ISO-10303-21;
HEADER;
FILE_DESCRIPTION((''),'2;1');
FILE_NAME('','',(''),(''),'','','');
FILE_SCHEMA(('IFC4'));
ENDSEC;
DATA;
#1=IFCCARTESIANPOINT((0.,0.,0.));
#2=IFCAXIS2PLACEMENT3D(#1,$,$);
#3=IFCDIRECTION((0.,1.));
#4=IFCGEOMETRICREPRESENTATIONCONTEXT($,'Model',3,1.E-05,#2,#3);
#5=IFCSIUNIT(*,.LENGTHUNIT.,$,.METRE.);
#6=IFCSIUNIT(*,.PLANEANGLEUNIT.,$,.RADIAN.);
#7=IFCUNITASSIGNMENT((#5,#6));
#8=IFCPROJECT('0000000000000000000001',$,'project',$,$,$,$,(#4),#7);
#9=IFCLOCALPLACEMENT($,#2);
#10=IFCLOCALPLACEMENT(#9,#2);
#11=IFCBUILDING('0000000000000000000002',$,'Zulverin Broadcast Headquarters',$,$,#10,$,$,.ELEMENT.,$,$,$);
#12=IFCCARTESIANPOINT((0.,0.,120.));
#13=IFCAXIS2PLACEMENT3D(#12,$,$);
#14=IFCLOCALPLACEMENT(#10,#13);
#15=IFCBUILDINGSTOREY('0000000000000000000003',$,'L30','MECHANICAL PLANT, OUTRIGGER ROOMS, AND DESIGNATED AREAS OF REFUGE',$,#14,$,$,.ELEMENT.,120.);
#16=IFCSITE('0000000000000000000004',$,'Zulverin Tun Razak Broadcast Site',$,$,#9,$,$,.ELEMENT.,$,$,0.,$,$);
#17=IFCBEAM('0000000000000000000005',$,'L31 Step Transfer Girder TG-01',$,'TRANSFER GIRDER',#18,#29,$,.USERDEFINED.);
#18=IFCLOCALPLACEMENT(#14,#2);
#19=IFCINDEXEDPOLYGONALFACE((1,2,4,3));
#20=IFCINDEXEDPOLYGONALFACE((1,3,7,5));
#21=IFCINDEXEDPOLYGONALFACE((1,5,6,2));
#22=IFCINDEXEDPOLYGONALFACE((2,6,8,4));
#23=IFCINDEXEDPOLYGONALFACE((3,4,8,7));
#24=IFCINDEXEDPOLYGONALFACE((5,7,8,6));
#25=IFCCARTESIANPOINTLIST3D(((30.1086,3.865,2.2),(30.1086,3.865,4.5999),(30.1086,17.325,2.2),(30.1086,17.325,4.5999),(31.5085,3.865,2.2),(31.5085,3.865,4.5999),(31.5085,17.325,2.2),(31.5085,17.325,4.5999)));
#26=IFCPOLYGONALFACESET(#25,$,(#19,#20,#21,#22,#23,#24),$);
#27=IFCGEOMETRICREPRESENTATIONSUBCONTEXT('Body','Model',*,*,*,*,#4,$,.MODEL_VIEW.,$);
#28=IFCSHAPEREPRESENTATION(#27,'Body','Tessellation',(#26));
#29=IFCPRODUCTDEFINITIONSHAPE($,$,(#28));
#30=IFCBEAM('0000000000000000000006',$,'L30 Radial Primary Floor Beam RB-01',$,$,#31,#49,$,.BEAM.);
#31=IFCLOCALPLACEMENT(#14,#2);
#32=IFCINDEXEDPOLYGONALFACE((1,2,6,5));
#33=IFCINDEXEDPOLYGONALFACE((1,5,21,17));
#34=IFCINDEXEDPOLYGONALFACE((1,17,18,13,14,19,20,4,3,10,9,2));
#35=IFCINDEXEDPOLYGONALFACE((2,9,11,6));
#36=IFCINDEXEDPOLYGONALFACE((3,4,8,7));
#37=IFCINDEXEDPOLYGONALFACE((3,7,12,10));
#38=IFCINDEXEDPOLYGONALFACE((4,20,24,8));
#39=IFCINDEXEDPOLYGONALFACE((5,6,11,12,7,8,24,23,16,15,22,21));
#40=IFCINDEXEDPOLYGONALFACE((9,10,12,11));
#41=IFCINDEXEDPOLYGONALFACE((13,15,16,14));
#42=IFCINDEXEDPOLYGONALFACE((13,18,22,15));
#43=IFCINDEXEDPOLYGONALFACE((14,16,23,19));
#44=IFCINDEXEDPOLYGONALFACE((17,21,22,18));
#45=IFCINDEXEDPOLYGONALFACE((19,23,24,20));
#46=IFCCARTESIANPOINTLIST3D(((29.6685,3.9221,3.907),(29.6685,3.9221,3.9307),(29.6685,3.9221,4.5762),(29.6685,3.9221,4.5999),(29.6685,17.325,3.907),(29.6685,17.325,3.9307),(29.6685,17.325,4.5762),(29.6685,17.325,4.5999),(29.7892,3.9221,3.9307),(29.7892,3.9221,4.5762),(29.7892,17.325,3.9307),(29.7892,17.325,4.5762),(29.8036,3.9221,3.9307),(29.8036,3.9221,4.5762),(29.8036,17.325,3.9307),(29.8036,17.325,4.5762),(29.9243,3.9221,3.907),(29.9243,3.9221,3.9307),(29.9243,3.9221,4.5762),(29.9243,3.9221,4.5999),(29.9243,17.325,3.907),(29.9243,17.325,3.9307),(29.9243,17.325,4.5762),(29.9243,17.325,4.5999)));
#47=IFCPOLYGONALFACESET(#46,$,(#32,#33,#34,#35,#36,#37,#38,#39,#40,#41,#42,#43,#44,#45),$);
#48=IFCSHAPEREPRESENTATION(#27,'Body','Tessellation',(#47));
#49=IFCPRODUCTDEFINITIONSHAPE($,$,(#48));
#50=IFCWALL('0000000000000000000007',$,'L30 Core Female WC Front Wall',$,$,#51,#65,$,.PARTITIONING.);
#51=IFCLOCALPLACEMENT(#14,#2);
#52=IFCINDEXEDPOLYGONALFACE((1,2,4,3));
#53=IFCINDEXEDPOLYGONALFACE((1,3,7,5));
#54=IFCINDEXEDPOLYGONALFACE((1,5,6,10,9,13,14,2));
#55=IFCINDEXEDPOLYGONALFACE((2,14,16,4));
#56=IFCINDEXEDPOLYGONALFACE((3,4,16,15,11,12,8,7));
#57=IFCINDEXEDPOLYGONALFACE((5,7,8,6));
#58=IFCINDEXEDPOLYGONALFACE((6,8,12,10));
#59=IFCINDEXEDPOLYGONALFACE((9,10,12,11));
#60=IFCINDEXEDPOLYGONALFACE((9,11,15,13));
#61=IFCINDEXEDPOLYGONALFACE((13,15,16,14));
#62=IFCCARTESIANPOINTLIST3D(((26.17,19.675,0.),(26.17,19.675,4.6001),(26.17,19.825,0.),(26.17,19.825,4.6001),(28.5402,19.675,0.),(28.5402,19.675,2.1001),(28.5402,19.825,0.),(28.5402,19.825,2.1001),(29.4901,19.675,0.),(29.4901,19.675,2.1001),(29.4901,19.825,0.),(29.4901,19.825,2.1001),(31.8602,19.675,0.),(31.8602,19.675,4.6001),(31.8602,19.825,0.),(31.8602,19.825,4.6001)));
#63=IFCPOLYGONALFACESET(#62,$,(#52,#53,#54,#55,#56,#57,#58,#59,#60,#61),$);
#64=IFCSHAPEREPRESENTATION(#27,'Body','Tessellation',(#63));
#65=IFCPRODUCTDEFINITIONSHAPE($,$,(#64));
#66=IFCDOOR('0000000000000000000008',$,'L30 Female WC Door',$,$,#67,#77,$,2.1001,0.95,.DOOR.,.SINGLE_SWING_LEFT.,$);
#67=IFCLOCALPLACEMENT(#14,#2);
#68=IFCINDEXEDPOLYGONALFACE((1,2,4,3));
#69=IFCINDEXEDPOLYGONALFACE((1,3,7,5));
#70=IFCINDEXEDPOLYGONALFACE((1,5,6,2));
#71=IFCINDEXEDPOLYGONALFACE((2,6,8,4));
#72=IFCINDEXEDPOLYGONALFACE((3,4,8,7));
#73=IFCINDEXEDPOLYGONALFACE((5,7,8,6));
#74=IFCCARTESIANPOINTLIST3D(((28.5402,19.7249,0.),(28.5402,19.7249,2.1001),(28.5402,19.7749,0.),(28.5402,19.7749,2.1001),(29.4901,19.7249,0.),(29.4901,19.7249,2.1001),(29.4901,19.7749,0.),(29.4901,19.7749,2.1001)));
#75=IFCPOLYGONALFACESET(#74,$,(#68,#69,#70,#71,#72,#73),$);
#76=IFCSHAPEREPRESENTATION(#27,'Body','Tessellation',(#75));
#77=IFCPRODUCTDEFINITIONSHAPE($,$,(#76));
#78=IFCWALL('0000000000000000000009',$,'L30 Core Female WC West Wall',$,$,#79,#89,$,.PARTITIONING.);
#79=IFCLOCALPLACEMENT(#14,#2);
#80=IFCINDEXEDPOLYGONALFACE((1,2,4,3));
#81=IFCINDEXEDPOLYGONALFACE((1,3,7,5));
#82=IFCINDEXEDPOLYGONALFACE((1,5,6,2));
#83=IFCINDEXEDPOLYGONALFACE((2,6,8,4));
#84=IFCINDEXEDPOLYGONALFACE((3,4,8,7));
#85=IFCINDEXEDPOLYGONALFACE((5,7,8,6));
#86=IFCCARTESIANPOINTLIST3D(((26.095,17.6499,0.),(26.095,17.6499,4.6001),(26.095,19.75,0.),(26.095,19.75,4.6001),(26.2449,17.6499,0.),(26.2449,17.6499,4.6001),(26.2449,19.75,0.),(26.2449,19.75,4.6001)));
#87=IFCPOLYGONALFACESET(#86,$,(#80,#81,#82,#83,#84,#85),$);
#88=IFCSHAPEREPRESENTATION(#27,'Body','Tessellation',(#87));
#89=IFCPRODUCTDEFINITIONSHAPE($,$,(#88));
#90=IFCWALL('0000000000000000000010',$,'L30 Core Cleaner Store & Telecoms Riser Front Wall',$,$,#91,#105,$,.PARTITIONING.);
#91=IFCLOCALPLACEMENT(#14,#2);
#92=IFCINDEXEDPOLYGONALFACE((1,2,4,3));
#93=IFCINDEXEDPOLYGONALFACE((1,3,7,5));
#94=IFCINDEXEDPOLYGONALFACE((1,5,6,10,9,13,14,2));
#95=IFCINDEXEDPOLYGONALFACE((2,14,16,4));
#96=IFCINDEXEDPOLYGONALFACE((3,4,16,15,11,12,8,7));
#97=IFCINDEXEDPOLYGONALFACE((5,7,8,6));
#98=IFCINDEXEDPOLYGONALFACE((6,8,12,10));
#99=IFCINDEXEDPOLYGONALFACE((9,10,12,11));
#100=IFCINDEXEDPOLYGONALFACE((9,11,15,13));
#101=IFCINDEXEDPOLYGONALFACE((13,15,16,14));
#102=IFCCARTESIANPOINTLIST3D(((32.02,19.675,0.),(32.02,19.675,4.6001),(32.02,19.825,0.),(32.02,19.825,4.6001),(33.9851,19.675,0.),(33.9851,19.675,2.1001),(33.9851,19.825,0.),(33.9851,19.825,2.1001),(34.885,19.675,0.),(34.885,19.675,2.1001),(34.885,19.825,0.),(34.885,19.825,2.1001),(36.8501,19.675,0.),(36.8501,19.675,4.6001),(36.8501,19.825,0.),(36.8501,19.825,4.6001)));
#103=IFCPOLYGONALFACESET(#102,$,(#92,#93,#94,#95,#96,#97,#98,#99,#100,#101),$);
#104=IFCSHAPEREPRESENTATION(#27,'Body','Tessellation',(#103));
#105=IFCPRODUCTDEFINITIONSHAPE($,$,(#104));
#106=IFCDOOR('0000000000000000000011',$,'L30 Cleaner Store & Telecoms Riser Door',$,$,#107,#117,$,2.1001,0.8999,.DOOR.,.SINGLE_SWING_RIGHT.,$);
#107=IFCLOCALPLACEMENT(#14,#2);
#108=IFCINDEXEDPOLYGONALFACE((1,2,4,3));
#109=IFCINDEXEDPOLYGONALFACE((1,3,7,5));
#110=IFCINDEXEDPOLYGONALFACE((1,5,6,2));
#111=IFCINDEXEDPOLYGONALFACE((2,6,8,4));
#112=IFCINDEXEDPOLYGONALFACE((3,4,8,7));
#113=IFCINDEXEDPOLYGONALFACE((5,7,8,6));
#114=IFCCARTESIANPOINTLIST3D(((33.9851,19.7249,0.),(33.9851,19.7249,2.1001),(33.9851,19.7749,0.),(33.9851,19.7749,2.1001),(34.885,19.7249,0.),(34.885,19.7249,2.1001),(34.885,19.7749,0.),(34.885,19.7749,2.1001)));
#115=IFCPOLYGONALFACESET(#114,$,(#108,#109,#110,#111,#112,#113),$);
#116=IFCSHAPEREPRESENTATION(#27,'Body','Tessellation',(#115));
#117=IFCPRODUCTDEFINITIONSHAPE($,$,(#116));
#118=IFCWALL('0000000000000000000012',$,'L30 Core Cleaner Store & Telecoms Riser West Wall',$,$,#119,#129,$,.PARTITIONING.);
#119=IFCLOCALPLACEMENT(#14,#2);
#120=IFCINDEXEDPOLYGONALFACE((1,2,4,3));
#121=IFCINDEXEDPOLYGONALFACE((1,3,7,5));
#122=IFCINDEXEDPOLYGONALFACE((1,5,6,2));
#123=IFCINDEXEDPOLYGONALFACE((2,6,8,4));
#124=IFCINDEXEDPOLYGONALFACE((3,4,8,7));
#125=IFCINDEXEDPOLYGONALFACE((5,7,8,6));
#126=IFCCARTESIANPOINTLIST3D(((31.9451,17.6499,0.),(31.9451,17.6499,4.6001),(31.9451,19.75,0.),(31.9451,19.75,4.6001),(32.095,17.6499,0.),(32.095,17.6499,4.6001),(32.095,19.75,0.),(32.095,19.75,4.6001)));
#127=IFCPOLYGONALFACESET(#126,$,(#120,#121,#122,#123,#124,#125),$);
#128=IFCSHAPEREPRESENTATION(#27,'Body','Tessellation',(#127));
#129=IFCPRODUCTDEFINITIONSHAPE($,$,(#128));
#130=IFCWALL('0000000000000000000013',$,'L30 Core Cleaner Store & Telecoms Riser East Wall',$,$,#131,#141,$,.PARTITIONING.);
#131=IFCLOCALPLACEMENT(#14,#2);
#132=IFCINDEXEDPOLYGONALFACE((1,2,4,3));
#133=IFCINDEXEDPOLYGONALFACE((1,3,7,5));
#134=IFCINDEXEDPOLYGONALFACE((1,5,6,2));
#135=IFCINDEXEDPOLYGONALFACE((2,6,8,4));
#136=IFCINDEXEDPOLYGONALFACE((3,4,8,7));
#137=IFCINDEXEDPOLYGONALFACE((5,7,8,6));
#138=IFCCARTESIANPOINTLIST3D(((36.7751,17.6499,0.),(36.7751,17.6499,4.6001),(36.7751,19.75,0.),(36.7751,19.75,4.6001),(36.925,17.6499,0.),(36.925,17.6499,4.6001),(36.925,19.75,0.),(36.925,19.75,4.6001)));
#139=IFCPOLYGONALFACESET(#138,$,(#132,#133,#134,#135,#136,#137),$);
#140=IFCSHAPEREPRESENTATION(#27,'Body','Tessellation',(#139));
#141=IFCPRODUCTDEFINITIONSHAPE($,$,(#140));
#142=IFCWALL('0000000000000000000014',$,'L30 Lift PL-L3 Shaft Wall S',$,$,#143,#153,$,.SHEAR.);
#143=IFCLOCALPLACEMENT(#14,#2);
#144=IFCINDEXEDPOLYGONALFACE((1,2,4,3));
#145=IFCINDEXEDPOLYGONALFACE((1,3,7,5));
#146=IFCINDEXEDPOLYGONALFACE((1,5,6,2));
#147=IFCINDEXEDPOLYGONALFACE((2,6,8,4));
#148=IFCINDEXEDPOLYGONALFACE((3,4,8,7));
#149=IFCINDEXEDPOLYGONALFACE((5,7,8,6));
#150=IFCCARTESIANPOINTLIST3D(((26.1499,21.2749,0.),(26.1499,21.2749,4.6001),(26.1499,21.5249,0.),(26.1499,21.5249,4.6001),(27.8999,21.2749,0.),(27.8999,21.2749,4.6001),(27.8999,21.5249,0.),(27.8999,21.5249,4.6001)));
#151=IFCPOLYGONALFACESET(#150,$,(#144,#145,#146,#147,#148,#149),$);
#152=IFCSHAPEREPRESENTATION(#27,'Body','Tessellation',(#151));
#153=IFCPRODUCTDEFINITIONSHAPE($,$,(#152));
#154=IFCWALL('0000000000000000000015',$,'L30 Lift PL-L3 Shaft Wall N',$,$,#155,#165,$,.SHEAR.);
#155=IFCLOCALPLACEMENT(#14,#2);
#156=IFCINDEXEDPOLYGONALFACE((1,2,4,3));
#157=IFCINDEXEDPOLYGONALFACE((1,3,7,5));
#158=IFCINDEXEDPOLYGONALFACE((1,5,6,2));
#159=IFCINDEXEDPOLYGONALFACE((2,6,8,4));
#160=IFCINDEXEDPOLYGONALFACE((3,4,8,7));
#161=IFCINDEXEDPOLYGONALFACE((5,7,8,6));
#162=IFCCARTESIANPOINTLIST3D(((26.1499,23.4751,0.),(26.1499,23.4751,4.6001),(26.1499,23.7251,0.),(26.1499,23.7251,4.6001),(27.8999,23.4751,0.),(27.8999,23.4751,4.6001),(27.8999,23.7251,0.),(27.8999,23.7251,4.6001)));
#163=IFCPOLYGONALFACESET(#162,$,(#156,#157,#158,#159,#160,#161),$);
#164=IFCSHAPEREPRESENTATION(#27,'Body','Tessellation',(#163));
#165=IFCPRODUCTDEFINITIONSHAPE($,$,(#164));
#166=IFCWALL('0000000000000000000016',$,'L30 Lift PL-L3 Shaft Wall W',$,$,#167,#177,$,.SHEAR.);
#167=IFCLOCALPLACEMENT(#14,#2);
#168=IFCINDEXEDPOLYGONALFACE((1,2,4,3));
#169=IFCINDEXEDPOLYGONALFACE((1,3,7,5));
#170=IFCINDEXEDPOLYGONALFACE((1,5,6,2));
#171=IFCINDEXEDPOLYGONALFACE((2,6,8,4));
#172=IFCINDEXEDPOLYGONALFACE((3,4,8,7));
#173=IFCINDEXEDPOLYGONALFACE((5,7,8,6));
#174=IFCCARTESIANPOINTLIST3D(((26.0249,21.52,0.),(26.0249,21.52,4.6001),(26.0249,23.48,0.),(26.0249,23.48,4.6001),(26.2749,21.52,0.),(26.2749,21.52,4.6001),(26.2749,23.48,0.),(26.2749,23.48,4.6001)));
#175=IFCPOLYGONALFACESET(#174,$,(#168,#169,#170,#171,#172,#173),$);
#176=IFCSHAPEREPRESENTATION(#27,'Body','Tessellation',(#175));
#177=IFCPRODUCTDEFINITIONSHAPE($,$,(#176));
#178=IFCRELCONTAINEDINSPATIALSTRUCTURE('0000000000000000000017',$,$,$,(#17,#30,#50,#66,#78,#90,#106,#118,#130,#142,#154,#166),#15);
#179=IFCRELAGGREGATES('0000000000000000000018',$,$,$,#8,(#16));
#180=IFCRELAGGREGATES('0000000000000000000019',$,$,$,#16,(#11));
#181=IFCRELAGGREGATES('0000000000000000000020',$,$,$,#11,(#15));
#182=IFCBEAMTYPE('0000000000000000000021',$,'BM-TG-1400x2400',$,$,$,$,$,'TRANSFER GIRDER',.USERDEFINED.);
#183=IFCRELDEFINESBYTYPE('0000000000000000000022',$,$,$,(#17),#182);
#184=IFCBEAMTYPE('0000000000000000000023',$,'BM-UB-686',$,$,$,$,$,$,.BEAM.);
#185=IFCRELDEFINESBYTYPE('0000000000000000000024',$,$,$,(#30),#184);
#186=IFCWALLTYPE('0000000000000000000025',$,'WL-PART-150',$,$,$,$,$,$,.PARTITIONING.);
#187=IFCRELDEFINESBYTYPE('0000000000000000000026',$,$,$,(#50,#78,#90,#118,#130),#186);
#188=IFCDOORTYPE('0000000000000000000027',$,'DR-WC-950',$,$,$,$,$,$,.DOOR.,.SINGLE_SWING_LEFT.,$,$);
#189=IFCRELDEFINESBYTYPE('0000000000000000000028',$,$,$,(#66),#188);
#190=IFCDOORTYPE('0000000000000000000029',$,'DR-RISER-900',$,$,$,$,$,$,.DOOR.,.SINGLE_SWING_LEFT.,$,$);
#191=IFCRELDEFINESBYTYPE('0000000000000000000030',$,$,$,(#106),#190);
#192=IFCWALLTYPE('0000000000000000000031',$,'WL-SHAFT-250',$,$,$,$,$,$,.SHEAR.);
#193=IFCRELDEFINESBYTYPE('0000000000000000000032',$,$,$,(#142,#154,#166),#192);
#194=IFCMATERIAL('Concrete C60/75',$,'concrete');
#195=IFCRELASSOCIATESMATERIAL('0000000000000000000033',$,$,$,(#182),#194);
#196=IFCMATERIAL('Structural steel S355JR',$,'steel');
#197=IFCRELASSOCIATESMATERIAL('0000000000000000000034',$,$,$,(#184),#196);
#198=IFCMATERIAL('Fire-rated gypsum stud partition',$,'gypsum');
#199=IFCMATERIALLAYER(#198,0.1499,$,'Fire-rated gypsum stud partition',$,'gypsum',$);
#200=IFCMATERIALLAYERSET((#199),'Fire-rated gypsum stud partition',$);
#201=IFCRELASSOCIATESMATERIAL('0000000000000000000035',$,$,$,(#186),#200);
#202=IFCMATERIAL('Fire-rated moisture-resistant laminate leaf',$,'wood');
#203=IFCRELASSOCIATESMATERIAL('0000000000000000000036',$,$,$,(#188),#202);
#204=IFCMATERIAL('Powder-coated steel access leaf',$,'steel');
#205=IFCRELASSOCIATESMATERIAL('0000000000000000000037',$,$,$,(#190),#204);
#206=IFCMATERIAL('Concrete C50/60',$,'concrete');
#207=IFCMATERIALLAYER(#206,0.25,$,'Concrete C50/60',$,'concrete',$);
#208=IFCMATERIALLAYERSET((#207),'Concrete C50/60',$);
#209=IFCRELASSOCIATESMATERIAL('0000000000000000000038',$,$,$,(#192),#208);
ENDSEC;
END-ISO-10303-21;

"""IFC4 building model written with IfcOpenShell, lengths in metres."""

from ifc_helpers import new_model, si_unit, direction, frame, frame_2d, origin, origin_2d, place, context, subcontext, project, spatial, rectangle, i_section, extrude, material, layer, layer_set, material_profile, profile_set, type_object, element, fill, save


model = new_model("IFC4")

# Units and contexts
model_context = context("Model", 3, precision=1e-05, world=origin(), true_north=direction((0.0, 1.0)))
body_context = subcontext(model_context, "Body", "Model", "MODEL_VIEW")
ifc_project = project(units=[si_unit("LENGTHUNIT", "METRE"), si_unit("PLANEANGLEUNIT", "RADIAN")], contexts=[model_context])

# Site, building, storey
site_placement = place(None, origin())
site = spatial("IfcSite", under=ifc_project, at=site_placement, Name="Zulverin Tun Razak Broadcast Site", CompositionType="ELEMENT", RefElevation=0.0)
building_placement = place(site_placement, origin())
building = spatial("IfcBuilding", under=site, at=building_placement, Name="Zulverin Broadcast Headquarters", CompositionType="ELEMENT")
storey_placement = place(building_placement, frame((0.0, 0.0, 120.0)))
storey = spatial("IfcBuildingStorey", under=building, at=storey_placement, Name="L30", Description="MECHANICAL PLANT, OUTRIGGER ROOMS, AND DESIGNATED AREAS OF REFUGE", CompositionType="ELEMENT", Elevation=120.0)

# Beams
ifc_material_1 = material(Name="Concrete C60/75", Category="concrete")
ifc_material_profile_1 = material_profile(ifc_material_1, rectangle(XDim=1.3999, YDim=2.3999, at=origin_2d()), Name="Concrete C60/75", Category="concrete")
ifc_profile_set_1 = profile_set([ifc_material_profile_1], Name="Concrete C60/75")
beam_type_1 = type_object("IfcBeamType", Name="BM-TG-1400x2400", ElementType="TRANSFER GIRDER", PredefinedType="USERDEFINED", material=ifc_profile_set_1)
beam_1_placement = place(storey_placement, frame((30.8086, 17.325, 3.3999), z_axis=(0.0, -1.0, 0.0), x_axis=(1.0, 0.0, 0.0)))
element("IfcBeam", 1, at=beam_1_placement, inside=storey, type_object=beam_type_1, Name="L31 Step Transfer Girder TG-01", ObjectType="TRANSFER GIRDER", PredefinedType="USERDEFINED", context=body_context, shape_type="SweptSolid", body=[
    extrude(rectangle(XDim=1.3999, YDim=2.3999, at=origin_2d()), origin(), (0.0, 0.0, 1.0), 13.46),
])
ifc_material_2 = material(Name="Structural steel S355JR", Category="steel")
ifc_material_profile_2 = material_profile(ifc_material_2, i_section(OverallWidth=0.2559, OverallDepth=0.6929, WebThickness=0.0144, FlangeThickness=0.0237, at=origin_2d()), Name="Structural steel S355JR", Category="steel")
ifc_profile_set_2 = profile_set([ifc_material_profile_2], Name="Structural steel S355JR")
beam_type_2 = type_object("IfcBeamType", Name="BM-UB-686", PredefinedType="BEAM", material=ifc_profile_set_2)
beam_2_placement = place(storey_placement, frame((29.7964, 17.325, 4.2534), z_axis=(0.0, -1.0, 0.0), x_axis=(1.0, 0.0, 0.0)))
element("IfcBeam", 2, at=beam_2_placement, inside=storey, type_object=beam_type_2, Name="L30 Radial Primary Floor Beam RB-01", PredefinedType="BEAM", context=body_context, shape_type="SweptSolid", body=[
    extrude(i_section(OverallWidth=0.2559, OverallDepth=0.6929, WebThickness=0.0144, FlangeThickness=0.0237, at=origin_2d()), origin(), (0.0, 0.0, 1.0), 13.4028),
])

# Wall, opening, door
ifc_material_3 = material(Name="Fire-rated gypsum stud partition", Category="gypsum")
ifc_layer_1 = layer(ifc_material_3, 0.1499, Name="Fire-rated gypsum stud partition", Category="gypsum")
ifc_layer_set_1 = layer_set([ifc_layer_1], Name="Fire-rated gypsum stud partition")
wall_type_1 = type_object("IfcWallType", Name="WL-PART-150", PredefinedType="PARTITIONING", material=ifc_layer_set_1)
wall_1_placement = place(storey_placement, frame((26.1699, 19.75, 0.0), z_axis=(0.0, 0.0, 1.0), x_axis=(1.0, 0.0, 0.0)))
wall_1 = element("IfcWall", 3, at=wall_1_placement, inside=storey, type_object=wall_type_1, Name="L30 Core Female WC Front Wall", PredefinedType="PARTITIONING", context=body_context, shape_type="SweptSolid", body=[
    extrude(rectangle(XDim=5.6902, YDim=0.1499, at=frame_2d((2.8452, 0.0))), origin(), (0.0, 0.0, 1.0), 4.6001),
])
opening_1_placement = place(wall_1_placement, frame((2.3701, 0.0, 0.0)))
opening_1 = element("IfcOpeningElement", 4, at=opening_1_placement, cuts=wall_1, PredefinedType="OPENING", context=body_context, shape_type="SweptSolid", body=[
    extrude(rectangle(XDim=0.95, YDim=2.1001, at=frame_2d((0.4751, 1.05))), frame((0.0, 0.085, 0.0), z_axis=(0.0, -1.0, 0.0), x_axis=(1.0, 0.0, 0.0)), (0.0, 0.0, 1.0), 0.1699),
])
ifc_material_4 = material(Name="Fire-rated moisture-resistant laminate leaf", Category="wood")
door_type_1 = type_object("IfcDoorType", Name="DR-WC-950", OperationType="SINGLE_SWING_LEFT", PredefinedType="DOOR", material=ifc_material_4)
door_1_placement = place(opening_1_placement, origin())
door_1 = element("IfcDoor", 5, at=door_1_placement, inside=storey, type_object=door_type_1, Name="L30 Female WC Door", OperationType="SINGLE_SWING_LEFT", OverallHeight=2.1001, OverallWidth=0.95, PredefinedType="DOOR", context=body_context, shape_type="SweptSolid", body=[
    extrude(rectangle(XDim=0.95, YDim=2.1001, at=frame_2d((0.4751, 1.05))), frame((0.0, 0.0249, 0.0), z_axis=(0.0, -1.0, 0.0), x_axis=(1.0, 0.0, 0.0)), (0.0, 0.0, 1.0), 0.05),
])
fill(opening_1, door_1)

# Wall
wall_2_placement = place(storey_placement, frame((26.1699, 17.6499, 0.0), z_axis=(0.0, 0.0, 1.0), x_axis=(0.0, 1.0, 0.0)))
element("IfcWall", 6, at=wall_2_placement, inside=storey, type_object=wall_type_1, Name="L30 Core Female WC West Wall", PredefinedType="PARTITIONING", context=body_context, shape_type="SweptSolid", body=[
    extrude(rectangle(XDim=2.1001, YDim=0.1499, at=frame_2d((1.05, 0.0))), origin(), (0.0, 0.0, 1.0), 4.6001),
])

# Wall, opening, door
wall_3_placement = place(storey_placement, frame((32.02, 19.75, 0.0), z_axis=(0.0, 0.0, 1.0), x_axis=(1.0, 0.0, 0.0)))
wall_3 = element("IfcWall", 7, at=wall_3_placement, inside=storey, type_object=wall_type_1, Name="L30 Core Cleaner Store & Telecoms Riser Front Wall", PredefinedType="PARTITIONING", context=body_context, shape_type="SweptSolid", body=[
    extrude(rectangle(XDim=4.8301, YDim=0.1499, at=frame_2d((2.415, 0.0))), origin(), (0.0, 0.0, 1.0), 4.6001),
])
opening_2_placement = place(wall_3_placement, frame((1.9651, 0.0, 0.0)))
opening_2 = element("IfcOpeningElement", 8, at=opening_2_placement, cuts=wall_3, PredefinedType="OPENING", context=body_context, shape_type="SweptSolid", body=[
    extrude(rectangle(XDim=0.8999, YDim=2.1001, at=frame_2d((0.45, 1.05))), frame((0.0, 0.085, 0.0), z_axis=(0.0, -1.0, 0.0), x_axis=(1.0, 0.0, 0.0)), (0.0, 0.0, 1.0), 0.1699),
])
ifc_material_5 = material(Name="Powder-coated steel access leaf", Category="steel")
door_type_2 = type_object("IfcDoorType", Name="DR-RISER-900", OperationType="SINGLE_SWING_LEFT", PredefinedType="DOOR", material=ifc_material_5)
door_2_placement = place(opening_2_placement, origin())
door_2 = element("IfcDoor", 9, at=door_2_placement, inside=storey, type_object=door_type_2, Name="L30 Cleaner Store & Telecoms Riser Door", OperationType="SINGLE_SWING_RIGHT", OverallHeight=2.1001, OverallWidth=0.8999, PredefinedType="DOOR", context=body_context, shape_type="SweptSolid", body=[
    extrude(rectangle(XDim=0.8999, YDim=2.1001, at=frame_2d((0.45, 1.05))), frame((0.0, 0.0249, 0.0), z_axis=(0.0, -1.0, 0.0), x_axis=(1.0, 0.0, 0.0)), (0.0, 0.0, 1.0), 0.05),
])
fill(opening_2, door_2)

# Walls
for number, where, z_axis, x_axis, name in (
    (10, (32.02, 17.6499, 0.0), (0.0, 0.0, 1.0), (0.0, 1.0, 0.0), "L30 Core Cleaner Store & Telecoms Riser West Wall"),
    (11, (36.8501, 17.6499, 0.0), (0.0, 0.0, 1.0), (0.0, 1.0, 0.0), "L30 Core Cleaner Store & Telecoms Riser East Wall"),
):
    element("IfcWall", number, at=place(storey_placement, frame(where, z_axis=z_axis, x_axis=x_axis)), inside=storey, type_object=wall_type_1, Name=name, PredefinedType="PARTITIONING", context=body_context, shape_type="SweptSolid", body=[
        extrude(rectangle(XDim=2.1001, YDim=0.1499, at=frame_2d((1.05, 0.0))), origin(), (0.0, 0.0, 1.0), 4.6001),
    ])
ifc_material_6 = material(Name="Concrete C50/60", Category="concrete")
ifc_layer_2 = layer(ifc_material_6, 0.25, Name="Concrete C50/60", Category="concrete")
ifc_layer_set_2 = layer_set([ifc_layer_2], Name="Concrete C50/60")
wall_type_2 = type_object("IfcWallType", Name="WL-SHAFT-250", PredefinedType="SHEAR", material=ifc_layer_set_2)
for number, where, z_axis, x_axis, name in (
    (12, (26.1499, 21.3999, 0.0), (0.0, 0.0, 1.0), (1.0, 0.0, 0.0), "L30 Lift PL-L3 Shaft Wall S"),
    (13, (26.1499, 23.6001, 0.0), (0.0, 0.0, 1.0), (1.0, 0.0, 0.0), "L30 Lift PL-L3 Shaft Wall N"),
):
    element("IfcWall", number, at=place(storey_placement, frame(where, z_axis=z_axis, x_axis=x_axis)), inside=storey, type_object=wall_type_2, Name=name, PredefinedType="SHEAR", context=body_context, shape_type="SweptSolid", body=[
        extrude(rectangle(XDim=1.75, YDim=0.25, at=frame_2d((0.875, 0.0))), origin(), (0.0, 0.0, 1.0), 4.6001),
    ])
for number, where, z_axis, x_axis, name in (
    (14, (26.1499, 21.52, 0.0), (0.0, 0.0, 1.0), (0.0, 1.0, 0.0), "L30 Lift PL-L3 Shaft Wall W"),
):
    element("IfcWall", number, at=place(storey_placement, frame(where, z_axis=z_axis, x_axis=x_axis)), inside=storey, type_object=wall_type_2, Name=name, PredefinedType="SHEAR", context=body_context, shape_type="SweptSolid", body=[
        extrude(rectangle(XDim=1.96, YDim=0.25, at=frame_2d((0.98, 0.0))), origin(), (0.0, 0.0, 1.0), 4.6001),
    ])

save(model, "model.ifc")
